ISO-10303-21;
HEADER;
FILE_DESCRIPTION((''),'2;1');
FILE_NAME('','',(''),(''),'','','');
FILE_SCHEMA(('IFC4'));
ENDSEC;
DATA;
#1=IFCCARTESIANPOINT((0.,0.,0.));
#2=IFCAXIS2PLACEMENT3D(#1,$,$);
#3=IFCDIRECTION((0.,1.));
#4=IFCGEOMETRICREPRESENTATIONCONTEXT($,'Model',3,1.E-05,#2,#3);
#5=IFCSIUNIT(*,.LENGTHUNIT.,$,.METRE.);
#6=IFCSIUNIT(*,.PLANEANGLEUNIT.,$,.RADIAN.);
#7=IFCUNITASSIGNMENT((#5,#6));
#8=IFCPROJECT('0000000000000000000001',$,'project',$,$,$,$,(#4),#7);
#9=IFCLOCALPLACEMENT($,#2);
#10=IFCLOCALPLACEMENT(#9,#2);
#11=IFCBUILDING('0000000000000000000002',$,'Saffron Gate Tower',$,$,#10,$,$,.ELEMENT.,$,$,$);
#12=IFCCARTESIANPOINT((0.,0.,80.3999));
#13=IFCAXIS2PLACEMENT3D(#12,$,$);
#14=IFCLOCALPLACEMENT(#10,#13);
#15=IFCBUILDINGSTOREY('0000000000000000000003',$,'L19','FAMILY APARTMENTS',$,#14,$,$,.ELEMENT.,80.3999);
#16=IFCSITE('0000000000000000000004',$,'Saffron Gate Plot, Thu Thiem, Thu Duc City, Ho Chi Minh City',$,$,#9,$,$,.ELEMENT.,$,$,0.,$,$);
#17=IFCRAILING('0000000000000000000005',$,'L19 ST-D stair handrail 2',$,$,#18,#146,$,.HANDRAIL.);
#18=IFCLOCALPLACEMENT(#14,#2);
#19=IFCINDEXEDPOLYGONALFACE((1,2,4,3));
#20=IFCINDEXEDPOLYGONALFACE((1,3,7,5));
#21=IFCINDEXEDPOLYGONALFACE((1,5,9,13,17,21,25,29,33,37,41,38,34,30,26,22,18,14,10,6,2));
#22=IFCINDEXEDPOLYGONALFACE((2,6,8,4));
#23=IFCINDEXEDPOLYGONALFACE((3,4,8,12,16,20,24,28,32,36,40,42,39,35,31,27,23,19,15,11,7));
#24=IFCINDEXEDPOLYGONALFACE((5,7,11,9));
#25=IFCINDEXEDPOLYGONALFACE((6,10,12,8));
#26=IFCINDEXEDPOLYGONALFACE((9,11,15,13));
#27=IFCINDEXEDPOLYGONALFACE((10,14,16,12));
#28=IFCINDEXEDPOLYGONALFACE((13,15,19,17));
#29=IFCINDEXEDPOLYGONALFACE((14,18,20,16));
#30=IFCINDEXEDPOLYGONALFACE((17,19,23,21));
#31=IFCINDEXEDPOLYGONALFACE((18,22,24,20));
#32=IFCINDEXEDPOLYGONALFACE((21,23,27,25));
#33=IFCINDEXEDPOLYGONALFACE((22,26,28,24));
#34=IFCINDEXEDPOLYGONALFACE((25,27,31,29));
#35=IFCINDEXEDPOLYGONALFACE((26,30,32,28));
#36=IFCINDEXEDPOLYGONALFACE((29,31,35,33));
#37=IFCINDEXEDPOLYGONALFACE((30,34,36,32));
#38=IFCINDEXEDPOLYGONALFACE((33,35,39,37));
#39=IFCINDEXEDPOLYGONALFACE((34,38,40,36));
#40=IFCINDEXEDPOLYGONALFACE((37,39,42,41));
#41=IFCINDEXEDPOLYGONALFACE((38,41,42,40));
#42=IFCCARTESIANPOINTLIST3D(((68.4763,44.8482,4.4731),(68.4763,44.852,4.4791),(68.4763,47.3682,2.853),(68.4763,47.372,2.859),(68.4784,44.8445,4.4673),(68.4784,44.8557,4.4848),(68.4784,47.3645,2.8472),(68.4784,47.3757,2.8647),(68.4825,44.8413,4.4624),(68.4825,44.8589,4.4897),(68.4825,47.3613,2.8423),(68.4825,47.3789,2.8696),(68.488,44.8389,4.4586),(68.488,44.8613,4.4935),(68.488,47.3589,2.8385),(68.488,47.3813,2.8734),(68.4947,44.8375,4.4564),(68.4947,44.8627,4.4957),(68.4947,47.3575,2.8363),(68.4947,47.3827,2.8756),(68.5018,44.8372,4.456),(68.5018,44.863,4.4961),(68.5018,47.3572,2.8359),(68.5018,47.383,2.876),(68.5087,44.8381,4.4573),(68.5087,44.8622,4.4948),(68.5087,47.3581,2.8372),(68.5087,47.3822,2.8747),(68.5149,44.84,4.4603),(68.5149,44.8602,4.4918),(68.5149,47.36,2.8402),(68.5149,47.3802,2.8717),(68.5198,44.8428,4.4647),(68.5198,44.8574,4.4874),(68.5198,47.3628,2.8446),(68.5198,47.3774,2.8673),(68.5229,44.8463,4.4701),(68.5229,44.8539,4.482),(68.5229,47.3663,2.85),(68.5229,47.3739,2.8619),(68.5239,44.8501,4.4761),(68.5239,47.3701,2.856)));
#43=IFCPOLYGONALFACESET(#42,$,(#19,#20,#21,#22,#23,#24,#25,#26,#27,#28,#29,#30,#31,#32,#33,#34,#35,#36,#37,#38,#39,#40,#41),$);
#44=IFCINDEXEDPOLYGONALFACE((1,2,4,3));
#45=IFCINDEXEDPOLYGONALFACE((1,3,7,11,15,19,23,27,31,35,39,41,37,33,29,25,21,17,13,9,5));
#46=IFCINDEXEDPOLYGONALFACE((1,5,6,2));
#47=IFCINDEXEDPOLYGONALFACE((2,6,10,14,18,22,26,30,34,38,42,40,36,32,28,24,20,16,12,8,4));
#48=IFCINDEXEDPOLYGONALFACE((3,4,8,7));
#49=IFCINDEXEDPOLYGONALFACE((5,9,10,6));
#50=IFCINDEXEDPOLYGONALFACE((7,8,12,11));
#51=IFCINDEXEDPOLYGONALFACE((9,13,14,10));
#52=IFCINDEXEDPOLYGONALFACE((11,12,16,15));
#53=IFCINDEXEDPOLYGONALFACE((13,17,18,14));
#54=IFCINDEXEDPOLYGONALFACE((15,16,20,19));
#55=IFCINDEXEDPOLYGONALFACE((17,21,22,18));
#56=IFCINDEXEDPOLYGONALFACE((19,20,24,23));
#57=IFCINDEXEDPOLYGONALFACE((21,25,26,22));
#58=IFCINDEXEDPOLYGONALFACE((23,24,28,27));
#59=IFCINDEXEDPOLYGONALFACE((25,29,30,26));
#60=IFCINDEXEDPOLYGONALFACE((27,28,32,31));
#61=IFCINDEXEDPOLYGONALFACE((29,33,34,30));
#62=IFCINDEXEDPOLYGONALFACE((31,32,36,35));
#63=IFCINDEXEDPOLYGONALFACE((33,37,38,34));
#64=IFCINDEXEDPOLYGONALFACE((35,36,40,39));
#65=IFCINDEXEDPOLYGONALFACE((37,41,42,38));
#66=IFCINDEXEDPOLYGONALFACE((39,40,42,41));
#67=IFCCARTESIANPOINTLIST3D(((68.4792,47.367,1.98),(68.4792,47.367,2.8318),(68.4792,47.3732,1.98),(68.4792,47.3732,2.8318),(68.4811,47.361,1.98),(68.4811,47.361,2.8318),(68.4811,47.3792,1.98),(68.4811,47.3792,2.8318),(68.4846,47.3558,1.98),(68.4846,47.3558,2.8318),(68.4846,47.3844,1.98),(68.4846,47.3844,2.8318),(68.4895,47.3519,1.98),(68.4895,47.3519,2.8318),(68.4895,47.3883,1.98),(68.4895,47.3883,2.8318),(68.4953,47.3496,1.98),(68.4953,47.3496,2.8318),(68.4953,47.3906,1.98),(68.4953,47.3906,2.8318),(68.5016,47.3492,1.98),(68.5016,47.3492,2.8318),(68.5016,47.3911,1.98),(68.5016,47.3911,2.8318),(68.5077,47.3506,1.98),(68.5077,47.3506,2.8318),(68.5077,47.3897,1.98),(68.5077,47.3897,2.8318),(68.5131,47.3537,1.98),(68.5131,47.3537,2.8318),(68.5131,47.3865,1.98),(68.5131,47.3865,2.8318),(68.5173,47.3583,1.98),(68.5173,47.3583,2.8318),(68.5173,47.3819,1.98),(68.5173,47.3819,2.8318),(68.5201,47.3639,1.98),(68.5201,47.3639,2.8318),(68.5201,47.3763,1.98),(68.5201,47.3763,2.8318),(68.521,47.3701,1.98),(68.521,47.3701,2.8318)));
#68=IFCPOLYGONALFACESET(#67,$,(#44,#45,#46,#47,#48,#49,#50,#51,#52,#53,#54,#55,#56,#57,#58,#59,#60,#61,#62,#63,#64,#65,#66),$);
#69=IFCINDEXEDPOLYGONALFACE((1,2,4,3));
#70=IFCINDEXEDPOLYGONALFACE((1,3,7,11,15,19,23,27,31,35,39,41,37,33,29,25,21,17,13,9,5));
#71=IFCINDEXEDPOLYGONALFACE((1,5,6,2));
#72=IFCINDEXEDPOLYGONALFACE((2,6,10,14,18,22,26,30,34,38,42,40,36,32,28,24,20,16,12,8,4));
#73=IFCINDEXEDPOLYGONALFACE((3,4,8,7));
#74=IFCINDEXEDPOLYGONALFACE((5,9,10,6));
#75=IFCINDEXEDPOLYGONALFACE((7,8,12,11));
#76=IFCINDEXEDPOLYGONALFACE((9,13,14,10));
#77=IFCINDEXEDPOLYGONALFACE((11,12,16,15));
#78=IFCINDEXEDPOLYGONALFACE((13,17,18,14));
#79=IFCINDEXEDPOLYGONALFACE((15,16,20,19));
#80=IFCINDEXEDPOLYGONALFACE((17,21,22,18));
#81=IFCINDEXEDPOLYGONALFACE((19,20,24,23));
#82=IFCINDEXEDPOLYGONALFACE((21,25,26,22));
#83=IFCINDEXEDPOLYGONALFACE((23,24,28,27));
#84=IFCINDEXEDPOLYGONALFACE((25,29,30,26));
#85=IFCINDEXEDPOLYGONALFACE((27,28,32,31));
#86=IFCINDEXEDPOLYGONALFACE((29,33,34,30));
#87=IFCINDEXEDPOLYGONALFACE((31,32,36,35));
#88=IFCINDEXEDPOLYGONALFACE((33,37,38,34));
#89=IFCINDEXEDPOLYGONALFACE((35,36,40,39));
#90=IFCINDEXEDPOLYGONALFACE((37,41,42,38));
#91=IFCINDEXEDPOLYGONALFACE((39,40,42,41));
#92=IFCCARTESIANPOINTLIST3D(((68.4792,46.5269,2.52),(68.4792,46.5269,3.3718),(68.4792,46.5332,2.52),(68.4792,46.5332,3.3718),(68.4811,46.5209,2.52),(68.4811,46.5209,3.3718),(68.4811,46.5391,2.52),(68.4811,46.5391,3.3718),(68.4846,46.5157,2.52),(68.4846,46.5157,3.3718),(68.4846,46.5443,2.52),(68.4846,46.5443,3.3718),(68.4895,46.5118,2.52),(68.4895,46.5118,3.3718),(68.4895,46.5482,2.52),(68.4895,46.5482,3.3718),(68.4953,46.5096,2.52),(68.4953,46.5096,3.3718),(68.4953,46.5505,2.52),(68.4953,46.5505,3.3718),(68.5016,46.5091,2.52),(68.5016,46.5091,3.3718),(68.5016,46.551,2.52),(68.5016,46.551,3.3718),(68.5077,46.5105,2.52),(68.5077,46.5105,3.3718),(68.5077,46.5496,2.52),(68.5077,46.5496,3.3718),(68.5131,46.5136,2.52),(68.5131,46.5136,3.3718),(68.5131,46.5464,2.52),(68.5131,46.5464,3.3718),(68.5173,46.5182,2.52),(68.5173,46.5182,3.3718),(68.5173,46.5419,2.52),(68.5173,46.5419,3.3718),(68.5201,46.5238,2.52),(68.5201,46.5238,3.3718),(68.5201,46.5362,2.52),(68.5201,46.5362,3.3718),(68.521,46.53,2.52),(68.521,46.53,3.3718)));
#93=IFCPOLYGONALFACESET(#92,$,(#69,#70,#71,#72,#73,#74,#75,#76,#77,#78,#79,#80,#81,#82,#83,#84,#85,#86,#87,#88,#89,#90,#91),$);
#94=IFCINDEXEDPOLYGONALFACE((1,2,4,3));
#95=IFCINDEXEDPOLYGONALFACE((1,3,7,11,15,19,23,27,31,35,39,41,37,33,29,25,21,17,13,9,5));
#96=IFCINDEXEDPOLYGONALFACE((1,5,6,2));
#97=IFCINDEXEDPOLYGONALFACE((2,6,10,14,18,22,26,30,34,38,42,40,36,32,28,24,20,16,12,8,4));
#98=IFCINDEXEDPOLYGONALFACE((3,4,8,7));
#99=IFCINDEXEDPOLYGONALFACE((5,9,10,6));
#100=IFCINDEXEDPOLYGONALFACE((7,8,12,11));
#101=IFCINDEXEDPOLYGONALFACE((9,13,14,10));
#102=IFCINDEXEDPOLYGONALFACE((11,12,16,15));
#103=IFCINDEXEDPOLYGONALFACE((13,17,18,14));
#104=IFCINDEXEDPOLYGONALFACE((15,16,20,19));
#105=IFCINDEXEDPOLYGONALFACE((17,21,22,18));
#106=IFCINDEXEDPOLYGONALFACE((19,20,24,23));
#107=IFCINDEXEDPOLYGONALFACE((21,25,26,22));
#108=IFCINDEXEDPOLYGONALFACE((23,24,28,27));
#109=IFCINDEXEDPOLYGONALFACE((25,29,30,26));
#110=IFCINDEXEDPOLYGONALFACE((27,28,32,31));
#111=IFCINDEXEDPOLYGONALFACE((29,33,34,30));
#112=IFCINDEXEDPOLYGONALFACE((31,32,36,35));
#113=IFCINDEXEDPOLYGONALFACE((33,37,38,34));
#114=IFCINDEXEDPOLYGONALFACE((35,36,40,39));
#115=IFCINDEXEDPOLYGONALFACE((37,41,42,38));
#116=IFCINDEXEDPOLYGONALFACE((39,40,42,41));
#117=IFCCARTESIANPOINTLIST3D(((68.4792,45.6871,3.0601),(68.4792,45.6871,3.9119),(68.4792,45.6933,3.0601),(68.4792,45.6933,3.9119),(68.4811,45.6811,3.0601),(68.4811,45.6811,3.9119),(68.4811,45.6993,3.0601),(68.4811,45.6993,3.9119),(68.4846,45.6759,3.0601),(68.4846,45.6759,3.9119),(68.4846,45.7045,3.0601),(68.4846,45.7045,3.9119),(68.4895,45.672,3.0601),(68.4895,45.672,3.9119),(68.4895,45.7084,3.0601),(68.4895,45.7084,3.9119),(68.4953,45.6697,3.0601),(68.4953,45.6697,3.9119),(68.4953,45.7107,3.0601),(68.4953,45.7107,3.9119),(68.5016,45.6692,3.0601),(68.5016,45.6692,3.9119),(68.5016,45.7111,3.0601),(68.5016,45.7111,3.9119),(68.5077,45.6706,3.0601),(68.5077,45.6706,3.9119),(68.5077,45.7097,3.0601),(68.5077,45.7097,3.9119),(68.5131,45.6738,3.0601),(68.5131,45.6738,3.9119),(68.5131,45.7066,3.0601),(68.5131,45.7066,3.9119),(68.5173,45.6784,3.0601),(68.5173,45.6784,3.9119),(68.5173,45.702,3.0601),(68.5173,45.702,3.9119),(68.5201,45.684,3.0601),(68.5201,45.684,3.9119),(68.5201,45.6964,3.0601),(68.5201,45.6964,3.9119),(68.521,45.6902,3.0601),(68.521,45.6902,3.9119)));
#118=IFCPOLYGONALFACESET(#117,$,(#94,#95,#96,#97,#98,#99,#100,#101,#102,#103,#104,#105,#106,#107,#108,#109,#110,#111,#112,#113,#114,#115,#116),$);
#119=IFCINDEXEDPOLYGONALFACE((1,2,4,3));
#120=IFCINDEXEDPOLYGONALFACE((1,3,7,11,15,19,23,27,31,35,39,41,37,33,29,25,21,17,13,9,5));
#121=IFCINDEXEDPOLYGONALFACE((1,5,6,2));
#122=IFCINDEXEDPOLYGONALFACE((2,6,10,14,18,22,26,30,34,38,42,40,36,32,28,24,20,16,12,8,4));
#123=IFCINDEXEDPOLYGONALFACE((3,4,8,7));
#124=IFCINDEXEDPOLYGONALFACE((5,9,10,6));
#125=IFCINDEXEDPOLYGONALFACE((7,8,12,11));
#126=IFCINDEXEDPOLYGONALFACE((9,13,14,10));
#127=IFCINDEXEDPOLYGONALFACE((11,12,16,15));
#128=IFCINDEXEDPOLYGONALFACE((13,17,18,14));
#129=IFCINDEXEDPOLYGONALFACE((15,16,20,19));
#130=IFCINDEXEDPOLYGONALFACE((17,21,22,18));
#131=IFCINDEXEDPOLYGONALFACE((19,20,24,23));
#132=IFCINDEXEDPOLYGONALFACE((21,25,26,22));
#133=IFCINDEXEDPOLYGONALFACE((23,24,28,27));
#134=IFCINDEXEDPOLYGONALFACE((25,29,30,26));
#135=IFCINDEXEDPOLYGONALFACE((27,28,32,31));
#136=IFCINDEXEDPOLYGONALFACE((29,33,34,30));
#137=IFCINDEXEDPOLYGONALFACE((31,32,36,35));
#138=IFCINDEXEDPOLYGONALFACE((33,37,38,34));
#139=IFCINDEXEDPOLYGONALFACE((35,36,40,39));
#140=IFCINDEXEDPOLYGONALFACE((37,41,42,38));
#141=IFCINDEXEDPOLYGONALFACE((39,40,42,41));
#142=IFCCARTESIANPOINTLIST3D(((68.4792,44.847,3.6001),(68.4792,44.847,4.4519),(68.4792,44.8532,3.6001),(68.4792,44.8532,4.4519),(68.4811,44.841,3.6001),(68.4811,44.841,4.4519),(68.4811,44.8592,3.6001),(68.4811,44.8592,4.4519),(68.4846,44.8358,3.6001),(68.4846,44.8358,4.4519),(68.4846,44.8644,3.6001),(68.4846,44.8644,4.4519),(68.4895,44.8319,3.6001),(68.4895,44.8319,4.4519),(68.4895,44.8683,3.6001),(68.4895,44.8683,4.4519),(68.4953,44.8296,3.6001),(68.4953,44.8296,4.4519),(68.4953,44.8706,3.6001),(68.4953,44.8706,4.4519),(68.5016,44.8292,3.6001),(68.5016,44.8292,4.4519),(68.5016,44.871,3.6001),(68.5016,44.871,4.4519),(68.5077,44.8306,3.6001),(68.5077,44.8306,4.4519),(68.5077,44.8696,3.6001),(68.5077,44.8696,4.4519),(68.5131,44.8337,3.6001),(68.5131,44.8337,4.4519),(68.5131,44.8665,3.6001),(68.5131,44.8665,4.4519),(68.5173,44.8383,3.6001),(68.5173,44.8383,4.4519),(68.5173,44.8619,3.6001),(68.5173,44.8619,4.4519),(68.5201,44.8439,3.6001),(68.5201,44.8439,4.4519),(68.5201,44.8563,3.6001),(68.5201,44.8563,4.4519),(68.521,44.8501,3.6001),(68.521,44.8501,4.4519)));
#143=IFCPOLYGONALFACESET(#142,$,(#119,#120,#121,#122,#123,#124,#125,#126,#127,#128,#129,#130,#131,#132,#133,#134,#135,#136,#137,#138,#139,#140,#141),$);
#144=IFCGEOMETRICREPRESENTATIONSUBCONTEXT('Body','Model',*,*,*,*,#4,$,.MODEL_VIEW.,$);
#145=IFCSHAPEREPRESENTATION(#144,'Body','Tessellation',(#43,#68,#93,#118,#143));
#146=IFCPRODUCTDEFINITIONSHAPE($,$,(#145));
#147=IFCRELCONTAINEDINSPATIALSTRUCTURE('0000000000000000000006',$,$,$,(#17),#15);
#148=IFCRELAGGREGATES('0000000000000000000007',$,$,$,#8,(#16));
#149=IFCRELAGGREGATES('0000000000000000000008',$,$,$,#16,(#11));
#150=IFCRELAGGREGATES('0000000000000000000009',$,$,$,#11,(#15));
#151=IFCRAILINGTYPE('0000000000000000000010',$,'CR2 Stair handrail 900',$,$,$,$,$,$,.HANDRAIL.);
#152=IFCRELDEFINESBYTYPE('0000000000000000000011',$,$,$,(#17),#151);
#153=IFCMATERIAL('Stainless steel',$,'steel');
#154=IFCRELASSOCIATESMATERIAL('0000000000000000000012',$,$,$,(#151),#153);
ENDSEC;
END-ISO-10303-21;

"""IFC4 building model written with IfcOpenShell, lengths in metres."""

from ifc_helpers import new_model, si_unit, direction, frame, origin, origin_2d, place, context, subcontext, project, spatial, circle, extrude, material, type_object, element, save


model = new_model("IFC4")

# Units and contexts
model_context = context("Model", 3, precision=1e-05, world=origin(), true_north=direction((0.0, 1.0)))
body_context = subcontext(model_context, "Body", "Model", "MODEL_VIEW")
ifc_project = project(units=[si_unit("LENGTHUNIT", "METRE"), si_unit("PLANEANGLEUNIT", "RADIAN")], contexts=[model_context])

# Site, building, storey
site_placement = place(None, origin())
site = spatial("IfcSite", under=ifc_project, at=site_placement, Name="Saffron Gate Plot, Thu Thiem, Thu Duc City, Ho Chi Minh City", CompositionType="ELEMENT", RefElevation=0.0)
building_placement = place(site_placement, origin())
building = spatial("IfcBuilding", under=site, at=building_placement, Name="Saffron Gate Tower", CompositionType="ELEMENT")
storey_placement = place(building_placement, frame((0.0, 0.0, 80.3999)))
storey = spatial("IfcBuildingStorey", under=building, at=storey_placement, Name="L19", Description="FAMILY APARTMENTS", CompositionType="ELEMENT", Elevation=80.3999)

# Railing
ifc_material_1 = material(Name="Stainless steel", Category="steel")
railing_type_1 = type_object("IfcRailingType", Name="CR2 Stair handrail 900", PredefinedType="HANDRAIL", material=ifc_material_1)
railing_1_placement = place(storey_placement, frame((68.5, 47.3701, 1.98)))
element("IfcRailing", 1, at=railing_1_placement, inside=storey, type_object=railing_type_1, Name="L19 ST-D stair handrail 2", PredefinedType="HANDRAIL", context=body_context, shape_type="SweptSolid", body=[
    extrude(circle(Radius=0.0239, at=origin_2d()), frame((0.0, 0.0, 0.876), z_axis=(0.0, -0.841163, 0.540782), x_axis=(1.0, 0.0, 0.0)), (0.0, 0.0, 1.0), 2.9958),
    extrude(circle(Radius=0.021, at=origin_2d()), origin(), (0.0, 0.0, 1.0), 0.8518),
    extrude(circle(Radius=0.021, at=origin_2d()), frame((0.0, -0.8401, 0.54)), (0.0, 0.0, 1.0), 0.8518),
    extrude(circle(Radius=0.021, at=origin_2d()), frame((0.0, -1.6799, 1.0801)), (0.0, 0.0, 1.0), 0.8518),
    extrude(circle(Radius=0.021, at=origin_2d()), frame((0.0, -2.52, 1.6201)), (0.0, 0.0, 1.0), 0.8518),
])

save(model, "model.ifc")
